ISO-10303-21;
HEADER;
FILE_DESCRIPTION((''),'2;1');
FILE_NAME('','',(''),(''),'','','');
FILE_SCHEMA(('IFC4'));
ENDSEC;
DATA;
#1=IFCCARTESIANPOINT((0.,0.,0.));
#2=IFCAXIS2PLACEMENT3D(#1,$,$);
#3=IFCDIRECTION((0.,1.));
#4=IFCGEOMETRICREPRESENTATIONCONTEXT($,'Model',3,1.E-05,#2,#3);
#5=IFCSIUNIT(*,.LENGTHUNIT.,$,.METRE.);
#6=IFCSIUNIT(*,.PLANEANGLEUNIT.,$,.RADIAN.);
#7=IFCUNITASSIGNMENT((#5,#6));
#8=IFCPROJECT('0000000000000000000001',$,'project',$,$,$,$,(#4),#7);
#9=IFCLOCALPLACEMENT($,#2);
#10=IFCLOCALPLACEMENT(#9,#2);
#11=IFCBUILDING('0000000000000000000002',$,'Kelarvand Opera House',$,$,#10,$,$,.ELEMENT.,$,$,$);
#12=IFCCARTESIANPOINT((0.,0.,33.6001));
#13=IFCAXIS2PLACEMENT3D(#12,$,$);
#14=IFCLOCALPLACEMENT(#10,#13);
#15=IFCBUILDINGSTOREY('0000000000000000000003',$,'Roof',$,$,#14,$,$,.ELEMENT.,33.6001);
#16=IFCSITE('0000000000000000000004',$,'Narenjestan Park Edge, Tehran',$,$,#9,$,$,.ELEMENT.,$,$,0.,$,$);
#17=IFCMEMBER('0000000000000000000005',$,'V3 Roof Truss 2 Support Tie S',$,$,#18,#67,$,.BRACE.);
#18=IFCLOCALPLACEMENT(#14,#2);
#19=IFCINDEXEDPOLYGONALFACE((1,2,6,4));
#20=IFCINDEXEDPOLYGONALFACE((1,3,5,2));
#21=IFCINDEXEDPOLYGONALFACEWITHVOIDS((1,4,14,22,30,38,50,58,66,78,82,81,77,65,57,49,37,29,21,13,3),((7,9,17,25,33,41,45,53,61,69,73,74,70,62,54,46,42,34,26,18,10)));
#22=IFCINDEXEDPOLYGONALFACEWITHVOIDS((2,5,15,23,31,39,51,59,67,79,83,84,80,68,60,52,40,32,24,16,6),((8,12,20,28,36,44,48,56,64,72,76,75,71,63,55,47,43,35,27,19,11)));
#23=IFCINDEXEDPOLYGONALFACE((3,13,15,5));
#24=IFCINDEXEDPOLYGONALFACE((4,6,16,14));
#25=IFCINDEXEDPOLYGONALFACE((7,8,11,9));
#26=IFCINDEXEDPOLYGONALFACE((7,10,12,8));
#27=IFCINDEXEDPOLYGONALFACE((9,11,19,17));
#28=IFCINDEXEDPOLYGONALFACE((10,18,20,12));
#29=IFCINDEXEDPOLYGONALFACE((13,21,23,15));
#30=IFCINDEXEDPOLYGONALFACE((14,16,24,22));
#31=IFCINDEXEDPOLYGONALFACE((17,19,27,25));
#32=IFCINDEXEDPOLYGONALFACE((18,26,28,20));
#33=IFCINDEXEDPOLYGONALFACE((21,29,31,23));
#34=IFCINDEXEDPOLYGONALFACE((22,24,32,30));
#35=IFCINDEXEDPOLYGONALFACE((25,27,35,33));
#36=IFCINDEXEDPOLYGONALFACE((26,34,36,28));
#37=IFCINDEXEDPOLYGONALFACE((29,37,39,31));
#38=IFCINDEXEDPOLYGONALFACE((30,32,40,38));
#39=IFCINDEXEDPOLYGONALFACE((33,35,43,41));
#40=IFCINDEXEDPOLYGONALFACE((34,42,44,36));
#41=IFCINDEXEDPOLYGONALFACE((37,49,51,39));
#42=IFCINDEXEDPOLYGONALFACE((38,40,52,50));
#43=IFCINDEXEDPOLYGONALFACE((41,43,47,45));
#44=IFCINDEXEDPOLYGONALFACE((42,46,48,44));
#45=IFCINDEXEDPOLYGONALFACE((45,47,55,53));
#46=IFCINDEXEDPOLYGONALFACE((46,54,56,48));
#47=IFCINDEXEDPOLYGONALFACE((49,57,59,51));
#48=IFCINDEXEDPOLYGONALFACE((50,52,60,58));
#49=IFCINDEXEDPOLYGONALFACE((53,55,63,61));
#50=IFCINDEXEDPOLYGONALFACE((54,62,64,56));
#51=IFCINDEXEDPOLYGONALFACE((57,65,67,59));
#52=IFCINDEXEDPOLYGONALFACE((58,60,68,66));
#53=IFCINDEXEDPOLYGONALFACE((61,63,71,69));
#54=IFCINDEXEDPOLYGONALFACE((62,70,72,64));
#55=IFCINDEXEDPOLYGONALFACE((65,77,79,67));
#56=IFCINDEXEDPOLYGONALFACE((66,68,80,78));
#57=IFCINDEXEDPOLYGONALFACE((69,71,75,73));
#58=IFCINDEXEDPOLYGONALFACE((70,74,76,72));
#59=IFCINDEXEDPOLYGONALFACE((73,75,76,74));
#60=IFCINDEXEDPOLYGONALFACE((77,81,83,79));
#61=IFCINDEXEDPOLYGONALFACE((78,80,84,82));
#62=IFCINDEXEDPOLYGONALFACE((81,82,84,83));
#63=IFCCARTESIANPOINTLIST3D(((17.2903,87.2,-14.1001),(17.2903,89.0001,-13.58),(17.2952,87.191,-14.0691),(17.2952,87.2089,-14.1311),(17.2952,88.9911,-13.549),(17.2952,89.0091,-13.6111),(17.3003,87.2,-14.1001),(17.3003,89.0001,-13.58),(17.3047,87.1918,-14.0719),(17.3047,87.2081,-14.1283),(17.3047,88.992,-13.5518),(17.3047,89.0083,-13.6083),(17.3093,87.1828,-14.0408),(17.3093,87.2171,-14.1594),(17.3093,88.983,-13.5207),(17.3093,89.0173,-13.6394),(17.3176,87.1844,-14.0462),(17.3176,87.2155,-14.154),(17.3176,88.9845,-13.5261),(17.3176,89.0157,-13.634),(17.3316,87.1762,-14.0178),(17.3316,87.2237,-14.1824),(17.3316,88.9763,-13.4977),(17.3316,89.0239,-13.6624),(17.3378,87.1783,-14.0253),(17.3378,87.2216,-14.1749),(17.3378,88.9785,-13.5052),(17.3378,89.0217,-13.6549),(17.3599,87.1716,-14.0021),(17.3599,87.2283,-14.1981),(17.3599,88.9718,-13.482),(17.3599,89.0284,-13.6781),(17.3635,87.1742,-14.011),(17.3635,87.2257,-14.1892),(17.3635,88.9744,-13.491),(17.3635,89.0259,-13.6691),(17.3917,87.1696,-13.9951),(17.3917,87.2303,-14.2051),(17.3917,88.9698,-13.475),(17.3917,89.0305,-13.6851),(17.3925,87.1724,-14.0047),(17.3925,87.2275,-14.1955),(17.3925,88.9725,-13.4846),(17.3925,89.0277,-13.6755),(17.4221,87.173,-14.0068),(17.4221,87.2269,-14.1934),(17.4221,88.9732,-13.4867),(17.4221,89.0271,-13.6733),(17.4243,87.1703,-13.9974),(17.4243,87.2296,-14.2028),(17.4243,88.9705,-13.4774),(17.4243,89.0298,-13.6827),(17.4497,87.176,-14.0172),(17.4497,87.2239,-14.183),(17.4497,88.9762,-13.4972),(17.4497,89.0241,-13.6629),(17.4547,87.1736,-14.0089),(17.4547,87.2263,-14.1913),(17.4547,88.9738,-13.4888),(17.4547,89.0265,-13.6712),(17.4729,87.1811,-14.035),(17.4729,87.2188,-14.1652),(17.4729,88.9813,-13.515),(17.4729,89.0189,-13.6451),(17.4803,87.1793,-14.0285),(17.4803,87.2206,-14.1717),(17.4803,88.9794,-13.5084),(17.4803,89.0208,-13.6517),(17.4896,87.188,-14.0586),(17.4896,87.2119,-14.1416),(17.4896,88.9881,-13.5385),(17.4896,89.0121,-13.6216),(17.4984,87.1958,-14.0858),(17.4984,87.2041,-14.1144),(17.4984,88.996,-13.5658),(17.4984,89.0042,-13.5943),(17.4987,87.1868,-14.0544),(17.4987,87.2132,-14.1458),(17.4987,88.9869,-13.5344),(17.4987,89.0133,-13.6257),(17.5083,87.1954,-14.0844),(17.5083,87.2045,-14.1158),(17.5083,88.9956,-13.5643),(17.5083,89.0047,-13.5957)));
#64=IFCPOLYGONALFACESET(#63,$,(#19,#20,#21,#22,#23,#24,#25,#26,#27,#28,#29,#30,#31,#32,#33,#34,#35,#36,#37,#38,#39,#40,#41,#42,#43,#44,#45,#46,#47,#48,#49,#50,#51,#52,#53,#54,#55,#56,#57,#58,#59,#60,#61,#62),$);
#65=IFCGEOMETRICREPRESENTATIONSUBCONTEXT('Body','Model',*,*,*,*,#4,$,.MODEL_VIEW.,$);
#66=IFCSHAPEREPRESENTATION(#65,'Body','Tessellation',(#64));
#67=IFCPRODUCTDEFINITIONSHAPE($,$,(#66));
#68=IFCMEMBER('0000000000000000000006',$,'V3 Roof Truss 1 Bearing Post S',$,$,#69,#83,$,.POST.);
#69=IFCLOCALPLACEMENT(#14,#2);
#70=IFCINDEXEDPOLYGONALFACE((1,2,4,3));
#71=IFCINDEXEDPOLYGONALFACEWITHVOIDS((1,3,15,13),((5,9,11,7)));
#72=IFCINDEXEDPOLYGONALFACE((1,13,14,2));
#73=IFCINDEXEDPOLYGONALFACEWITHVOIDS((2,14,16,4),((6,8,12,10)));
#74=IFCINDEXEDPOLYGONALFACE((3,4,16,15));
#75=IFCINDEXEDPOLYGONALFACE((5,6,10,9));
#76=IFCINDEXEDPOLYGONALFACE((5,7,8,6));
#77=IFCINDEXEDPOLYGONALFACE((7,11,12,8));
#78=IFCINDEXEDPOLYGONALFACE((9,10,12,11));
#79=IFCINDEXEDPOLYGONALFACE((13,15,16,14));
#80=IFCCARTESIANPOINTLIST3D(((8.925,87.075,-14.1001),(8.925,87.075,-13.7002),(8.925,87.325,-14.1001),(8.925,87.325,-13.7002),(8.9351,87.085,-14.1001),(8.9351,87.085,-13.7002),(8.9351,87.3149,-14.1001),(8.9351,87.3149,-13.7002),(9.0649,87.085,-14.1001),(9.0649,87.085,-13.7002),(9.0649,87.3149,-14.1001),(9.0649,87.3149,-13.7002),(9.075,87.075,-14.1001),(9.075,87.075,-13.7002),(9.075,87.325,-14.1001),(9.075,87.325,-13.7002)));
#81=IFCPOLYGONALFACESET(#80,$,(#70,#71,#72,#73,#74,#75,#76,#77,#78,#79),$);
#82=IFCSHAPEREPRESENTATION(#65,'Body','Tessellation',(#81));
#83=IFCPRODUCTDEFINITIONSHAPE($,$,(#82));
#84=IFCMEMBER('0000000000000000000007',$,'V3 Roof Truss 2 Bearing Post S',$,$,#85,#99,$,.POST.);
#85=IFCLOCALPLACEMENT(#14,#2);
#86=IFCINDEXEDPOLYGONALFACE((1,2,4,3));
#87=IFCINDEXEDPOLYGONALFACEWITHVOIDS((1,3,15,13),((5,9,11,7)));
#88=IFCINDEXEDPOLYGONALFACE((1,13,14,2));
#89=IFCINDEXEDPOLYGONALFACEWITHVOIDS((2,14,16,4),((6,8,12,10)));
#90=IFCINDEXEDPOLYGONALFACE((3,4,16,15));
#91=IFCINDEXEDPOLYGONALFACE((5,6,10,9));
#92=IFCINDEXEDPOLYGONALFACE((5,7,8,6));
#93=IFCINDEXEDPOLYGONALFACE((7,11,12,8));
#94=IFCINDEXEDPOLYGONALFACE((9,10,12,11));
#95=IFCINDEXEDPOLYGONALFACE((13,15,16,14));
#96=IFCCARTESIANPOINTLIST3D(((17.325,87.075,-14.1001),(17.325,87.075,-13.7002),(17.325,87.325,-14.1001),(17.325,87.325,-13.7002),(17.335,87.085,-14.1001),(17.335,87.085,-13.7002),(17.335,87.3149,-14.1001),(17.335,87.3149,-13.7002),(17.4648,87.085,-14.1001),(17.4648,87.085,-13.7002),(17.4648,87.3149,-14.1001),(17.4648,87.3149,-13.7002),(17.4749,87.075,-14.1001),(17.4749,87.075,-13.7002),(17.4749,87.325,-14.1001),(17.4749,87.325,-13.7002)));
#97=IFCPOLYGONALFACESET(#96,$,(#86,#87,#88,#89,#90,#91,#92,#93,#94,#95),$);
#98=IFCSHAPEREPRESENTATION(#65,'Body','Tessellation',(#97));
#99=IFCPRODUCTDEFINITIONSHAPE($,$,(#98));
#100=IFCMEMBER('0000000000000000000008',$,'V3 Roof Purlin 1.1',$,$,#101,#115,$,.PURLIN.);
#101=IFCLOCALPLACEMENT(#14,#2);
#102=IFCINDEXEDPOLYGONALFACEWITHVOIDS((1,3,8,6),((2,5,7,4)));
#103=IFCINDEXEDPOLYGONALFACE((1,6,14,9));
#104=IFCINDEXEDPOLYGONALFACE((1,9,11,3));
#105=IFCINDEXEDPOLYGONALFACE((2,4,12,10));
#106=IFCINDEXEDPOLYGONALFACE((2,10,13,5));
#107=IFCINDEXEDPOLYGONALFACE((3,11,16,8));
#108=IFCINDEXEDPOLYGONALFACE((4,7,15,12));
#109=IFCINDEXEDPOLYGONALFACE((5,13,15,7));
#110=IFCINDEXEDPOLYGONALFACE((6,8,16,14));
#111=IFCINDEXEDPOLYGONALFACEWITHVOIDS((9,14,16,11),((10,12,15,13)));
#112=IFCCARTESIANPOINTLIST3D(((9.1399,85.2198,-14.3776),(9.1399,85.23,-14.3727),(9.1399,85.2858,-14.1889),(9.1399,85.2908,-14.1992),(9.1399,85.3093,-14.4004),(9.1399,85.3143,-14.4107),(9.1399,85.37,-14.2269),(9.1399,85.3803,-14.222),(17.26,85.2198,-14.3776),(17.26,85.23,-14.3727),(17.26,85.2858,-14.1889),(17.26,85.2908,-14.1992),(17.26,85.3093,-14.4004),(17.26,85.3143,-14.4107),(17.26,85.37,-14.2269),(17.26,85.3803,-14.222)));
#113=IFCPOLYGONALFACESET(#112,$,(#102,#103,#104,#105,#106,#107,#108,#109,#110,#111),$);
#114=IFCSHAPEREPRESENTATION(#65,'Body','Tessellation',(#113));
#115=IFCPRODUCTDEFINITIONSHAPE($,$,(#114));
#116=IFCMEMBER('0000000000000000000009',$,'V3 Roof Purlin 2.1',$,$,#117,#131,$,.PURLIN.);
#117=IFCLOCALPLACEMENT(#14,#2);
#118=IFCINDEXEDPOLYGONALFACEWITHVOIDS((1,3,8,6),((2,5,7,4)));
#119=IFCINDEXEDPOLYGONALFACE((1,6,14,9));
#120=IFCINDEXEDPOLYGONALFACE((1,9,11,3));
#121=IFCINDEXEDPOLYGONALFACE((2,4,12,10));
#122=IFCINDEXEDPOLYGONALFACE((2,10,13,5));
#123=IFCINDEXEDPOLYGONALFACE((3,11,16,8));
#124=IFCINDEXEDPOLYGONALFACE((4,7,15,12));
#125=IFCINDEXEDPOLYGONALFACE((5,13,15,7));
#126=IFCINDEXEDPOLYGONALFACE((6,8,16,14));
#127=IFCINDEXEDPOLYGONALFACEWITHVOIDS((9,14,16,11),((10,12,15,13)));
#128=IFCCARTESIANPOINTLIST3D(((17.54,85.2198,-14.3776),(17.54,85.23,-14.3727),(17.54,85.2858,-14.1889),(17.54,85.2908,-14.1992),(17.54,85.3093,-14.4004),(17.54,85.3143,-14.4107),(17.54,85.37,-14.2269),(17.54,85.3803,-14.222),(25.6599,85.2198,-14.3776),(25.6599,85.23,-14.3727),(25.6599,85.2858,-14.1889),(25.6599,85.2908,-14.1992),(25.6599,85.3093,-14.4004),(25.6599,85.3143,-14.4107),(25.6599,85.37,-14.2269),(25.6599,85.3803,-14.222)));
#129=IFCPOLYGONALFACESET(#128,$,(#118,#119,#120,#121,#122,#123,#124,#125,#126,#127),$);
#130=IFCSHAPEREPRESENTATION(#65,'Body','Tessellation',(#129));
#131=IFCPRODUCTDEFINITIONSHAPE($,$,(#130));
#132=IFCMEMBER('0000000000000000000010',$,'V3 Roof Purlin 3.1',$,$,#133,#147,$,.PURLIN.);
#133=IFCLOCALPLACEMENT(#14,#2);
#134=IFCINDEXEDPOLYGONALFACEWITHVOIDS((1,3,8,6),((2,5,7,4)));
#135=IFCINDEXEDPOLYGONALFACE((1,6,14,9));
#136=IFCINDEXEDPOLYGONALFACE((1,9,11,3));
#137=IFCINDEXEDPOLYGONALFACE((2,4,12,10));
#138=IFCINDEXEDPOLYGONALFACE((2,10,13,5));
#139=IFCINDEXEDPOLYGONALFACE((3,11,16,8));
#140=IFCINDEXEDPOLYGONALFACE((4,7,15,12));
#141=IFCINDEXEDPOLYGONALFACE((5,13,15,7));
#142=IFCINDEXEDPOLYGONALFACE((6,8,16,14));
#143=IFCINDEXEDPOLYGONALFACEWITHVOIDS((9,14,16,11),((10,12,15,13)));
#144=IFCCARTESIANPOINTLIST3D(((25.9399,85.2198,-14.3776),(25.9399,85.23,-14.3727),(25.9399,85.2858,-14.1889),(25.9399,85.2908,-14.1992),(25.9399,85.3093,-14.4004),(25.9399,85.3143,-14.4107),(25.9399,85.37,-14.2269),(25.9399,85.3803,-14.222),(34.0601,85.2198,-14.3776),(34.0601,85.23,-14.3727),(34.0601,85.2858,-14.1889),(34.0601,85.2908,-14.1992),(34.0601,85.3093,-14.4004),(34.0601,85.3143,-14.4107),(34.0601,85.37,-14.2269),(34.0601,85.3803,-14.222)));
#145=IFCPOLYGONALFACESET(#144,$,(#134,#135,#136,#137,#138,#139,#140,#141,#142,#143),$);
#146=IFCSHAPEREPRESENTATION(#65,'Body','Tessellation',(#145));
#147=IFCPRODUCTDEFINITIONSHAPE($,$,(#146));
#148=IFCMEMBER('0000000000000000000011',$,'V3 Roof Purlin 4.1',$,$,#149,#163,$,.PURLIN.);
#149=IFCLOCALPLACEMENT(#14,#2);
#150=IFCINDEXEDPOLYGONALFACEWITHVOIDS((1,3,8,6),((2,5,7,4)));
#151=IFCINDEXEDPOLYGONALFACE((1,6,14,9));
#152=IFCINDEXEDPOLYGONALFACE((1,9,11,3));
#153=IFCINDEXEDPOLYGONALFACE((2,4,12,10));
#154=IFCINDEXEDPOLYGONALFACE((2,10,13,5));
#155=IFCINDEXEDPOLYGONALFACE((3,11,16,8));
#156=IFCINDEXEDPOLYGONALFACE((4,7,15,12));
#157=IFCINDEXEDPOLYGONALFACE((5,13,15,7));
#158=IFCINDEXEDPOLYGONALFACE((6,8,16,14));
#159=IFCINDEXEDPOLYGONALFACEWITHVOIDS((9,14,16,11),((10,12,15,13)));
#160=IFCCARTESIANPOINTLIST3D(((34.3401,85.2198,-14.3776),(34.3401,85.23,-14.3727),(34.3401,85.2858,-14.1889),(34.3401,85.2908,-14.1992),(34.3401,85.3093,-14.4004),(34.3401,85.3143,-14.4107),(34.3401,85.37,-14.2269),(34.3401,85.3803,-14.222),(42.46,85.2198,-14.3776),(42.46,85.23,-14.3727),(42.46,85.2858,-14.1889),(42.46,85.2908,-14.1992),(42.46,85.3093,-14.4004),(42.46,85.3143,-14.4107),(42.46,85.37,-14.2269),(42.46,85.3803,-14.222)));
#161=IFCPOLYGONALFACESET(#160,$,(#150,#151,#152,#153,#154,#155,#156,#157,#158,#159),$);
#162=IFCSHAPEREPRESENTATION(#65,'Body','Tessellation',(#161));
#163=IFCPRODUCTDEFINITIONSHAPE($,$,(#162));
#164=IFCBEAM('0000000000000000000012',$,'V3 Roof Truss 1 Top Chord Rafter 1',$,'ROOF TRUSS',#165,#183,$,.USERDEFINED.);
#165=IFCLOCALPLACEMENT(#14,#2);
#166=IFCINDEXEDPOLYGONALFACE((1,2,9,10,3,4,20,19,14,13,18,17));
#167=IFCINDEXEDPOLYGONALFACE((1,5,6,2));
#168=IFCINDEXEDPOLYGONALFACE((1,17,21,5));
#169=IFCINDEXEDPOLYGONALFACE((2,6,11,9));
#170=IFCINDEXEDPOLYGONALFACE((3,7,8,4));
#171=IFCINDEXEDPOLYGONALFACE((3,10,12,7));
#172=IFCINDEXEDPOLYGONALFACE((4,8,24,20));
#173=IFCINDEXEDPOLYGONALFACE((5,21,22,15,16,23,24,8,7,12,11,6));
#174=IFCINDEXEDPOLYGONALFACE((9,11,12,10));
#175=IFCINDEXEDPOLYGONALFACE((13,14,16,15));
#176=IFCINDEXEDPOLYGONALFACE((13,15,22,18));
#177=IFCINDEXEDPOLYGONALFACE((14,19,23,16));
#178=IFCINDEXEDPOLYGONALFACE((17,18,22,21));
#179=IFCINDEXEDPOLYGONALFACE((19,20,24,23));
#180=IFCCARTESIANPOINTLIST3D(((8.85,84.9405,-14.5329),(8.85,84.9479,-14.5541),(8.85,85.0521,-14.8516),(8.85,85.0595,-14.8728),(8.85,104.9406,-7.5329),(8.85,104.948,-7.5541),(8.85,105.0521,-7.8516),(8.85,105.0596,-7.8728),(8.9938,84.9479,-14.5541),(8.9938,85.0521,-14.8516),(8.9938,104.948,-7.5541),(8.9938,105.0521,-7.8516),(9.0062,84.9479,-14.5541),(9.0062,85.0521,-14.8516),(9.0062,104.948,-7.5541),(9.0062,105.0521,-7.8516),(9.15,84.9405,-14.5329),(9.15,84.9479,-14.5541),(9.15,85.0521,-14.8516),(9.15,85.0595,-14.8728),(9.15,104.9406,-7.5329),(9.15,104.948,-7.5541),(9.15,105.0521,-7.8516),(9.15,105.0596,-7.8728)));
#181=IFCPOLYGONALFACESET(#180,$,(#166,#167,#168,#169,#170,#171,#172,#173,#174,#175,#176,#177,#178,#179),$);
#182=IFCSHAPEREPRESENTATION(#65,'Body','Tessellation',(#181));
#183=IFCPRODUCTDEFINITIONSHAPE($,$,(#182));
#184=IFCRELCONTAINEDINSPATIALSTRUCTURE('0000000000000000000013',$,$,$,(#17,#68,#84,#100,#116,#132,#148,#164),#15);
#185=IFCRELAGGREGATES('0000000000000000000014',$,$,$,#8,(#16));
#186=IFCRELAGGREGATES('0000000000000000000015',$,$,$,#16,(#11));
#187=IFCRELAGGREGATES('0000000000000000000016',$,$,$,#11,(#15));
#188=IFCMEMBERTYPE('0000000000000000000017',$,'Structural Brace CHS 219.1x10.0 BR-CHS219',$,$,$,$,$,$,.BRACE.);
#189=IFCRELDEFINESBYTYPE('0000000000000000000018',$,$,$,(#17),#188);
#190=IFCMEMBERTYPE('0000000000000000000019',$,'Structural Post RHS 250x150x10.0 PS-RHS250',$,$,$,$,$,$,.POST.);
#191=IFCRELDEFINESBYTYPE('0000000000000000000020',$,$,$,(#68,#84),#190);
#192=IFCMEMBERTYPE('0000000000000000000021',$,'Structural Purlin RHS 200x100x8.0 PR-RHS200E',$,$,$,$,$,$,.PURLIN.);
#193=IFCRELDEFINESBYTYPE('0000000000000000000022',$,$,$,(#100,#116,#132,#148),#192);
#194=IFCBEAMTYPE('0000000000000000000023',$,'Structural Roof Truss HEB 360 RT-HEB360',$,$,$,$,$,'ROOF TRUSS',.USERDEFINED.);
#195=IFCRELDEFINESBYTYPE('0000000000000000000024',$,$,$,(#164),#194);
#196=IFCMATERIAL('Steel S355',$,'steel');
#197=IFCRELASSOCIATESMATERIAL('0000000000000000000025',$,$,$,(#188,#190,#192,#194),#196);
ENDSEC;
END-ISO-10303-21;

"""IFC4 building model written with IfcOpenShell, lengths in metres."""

from ifc_helpers import new_model, si_unit, direction, frame, origin, origin_2d, place, context, subcontext, project, spatial, hollow_rectangle, hollow_circle, i_section, extrude, material, material_profile, profile_set, type_object, element, save


model = new_model("IFC4")

# Units and contexts
model_context = context("Model", 3, precision=1e-05, world=origin(), true_north=direction((0.0, 1.0)))
body_context = subcontext(model_context, "Body", "Model", "MODEL_VIEW")
ifc_project = project(units=[si_unit("LENGTHUNIT", "METRE"), si_unit("PLANEANGLEUNIT", "RADIAN")], contexts=[model_context])

# Site, building, storey
site_placement = place(None, origin())
site = spatial("IfcSite", under=ifc_project, at=site_placement, Name="Narenjestan Park Edge, Tehran", CompositionType="ELEMENT", RefElevation=0.0)
building_placement = place(site_placement, origin())
building = spatial("IfcBuilding", under=site, at=building_placement, Name="Kelarvand Opera House", CompositionType="ELEMENT")
storey_placement = place(building_placement, frame((0.0, 0.0, 33.6001)))
storey = spatial("IfcBuildingStorey", under=building, at=storey_placement, Name="Roof", CompositionType="ELEMENT", Elevation=33.6001)

# Members
ifc_material_1 = material(Name="Steel S355", Category="steel")
ifc_material_profile_1 = material_profile(ifc_material_1, hollow_circle(Radius=0.1096, WallThickness=0.01, at=origin_2d()), Name="CHS 219.1x10.0", Category="steel")
ifc_profile_set_1 = profile_set([ifc_material_profile_1], Name="Steel S355")
member_type_1 = type_object("IfcMemberType", Name="Structural Brace CHS 219.1x10.0 BR-CHS219", PredefinedType="BRACE", material=ifc_profile_set_1)
member_1_placement = place(storey_placement, frame((17.3999, 87.2, -14.1001), z_axis=(0.0, 0.960713, 0.277542), x_axis=(-1.0, 0.0, 0.0)))
element("IfcMember", 1, at=member_1_placement, inside=storey, type_object=member_type_1, Name="V3 Roof Truss 2 Support Tie S", PredefinedType="BRACE", context=body_context, shape_type="SweptSolid", body=[
    extrude(hollow_circle(Radius=0.1096, WallThickness=0.01, at=origin_2d()), origin(), (0.0, 0.0, 1.0), 1.8738),
])
ifc_material_profile_2 = material_profile(ifc_material_1, hollow_rectangle(XDim=0.1499, YDim=0.25, WallThickness=0.01, at=origin_2d()), Name="RHS 250x150x10.0", Category="steel")
ifc_profile_set_2 = profile_set([ifc_material_profile_2], Name="Steel S355")
member_type_2 = type_object("IfcMemberType", Name="Structural Post RHS 250x150x10.0 PS-RHS250", PredefinedType="POST", material=ifc_profile_set_2)
for number, where, z_axis, x_axis, name in (
    (2, (9.0, 87.2, -14.1001), (0.0, 0.0, 1.0), (1.0, 0.0, 0.0), "V3 Roof Truss 1 Bearing Post S"),
    (3, (17.3999, 87.2, -14.1001), (0.0, 0.0, 1.0), (1.0, 0.0, 0.0), "V3 Roof Truss 2 Bearing Post S"),
):
    element("IfcMember", number, at=place(storey_placement, frame(where, z_axis=z_axis, x_axis=x_axis)), inside=storey, type_object=member_type_2, Name=name, PredefinedType="POST", context=body_context, shape_type="SweptSolid", body=[
        extrude(hollow_rectangle(XDim=0.1499, YDim=0.25, WallThickness=0.01, at=origin_2d()), origin(), (0.0, 0.0, 1.0), 0.3999),
    ])
ifc_material_profile_3 = material_profile(ifc_material_1, hollow_rectangle(XDim=0.1001, YDim=0.2, WallThickness=0.0081, at=origin_2d()), Name="RHS 200x100x8.0", Category="steel")
ifc_profile_set_3 = profile_set([ifc_material_profile_3], Name="Steel S355")
member_type_3 = type_object("IfcMemberType", Name="Structural Purlin RHS 200x100x8.0 PR-RHS200E", PredefinedType="PURLIN", material=ifc_profile_set_3)
member_2_placement = place(storey_placement, frame((9.1399, 85.3, -14.2998), z_axis=(1.0, 0.0, 0.0), x_axis=(0.0, 0.943859, -0.33035)))
element("IfcMember", 4, at=member_2_placement, inside=storey, type_object=member_type_3, Name="V3 Roof Purlin 1.1", PredefinedType="PURLIN", context=body_context, shape_type="SweptSolid", body=[
    extrude(hollow_rectangle(XDim=0.1001, YDim=0.2, WallThickness=0.0081, at=origin_2d()), origin(), (0.0, 0.0, 1.0), 8.1201),
])
member_3_placement = place(storey_placement, frame((17.54, 85.3, -14.2998), z_axis=(1.0, 0.0, 0.0), x_axis=(0.0, 0.943859, -0.33035)))
element("IfcMember", 5, at=member_3_placement, inside=storey, type_object=member_type_3, Name="V3 Roof Purlin 2.1", PredefinedType="PURLIN", context=body_context, shape_type="SweptSolid", body=[
    extrude(hollow_rectangle(XDim=0.1001, YDim=0.2, WallThickness=0.0081, at=origin_2d()), origin(), (0.0, 0.0, 1.0), 8.1199),
])
member_4_placement = place(storey_placement, frame((25.9399, 85.3, -14.2998), z_axis=(1.0, 0.0, 0.0), x_axis=(0.0, 0.943859, -0.33035)))
element("IfcMember", 6, at=member_4_placement, inside=storey, type_object=member_type_3, Name="V3 Roof Purlin 3.1", PredefinedType="PURLIN", context=body_context, shape_type="SweptSolid", body=[
    extrude(hollow_rectangle(XDim=0.1001, YDim=0.2, WallThickness=0.0081, at=origin_2d()), origin(), (0.0, 0.0, 1.0), 8.1201),
])
member_5_placement = place(storey_placement, frame((34.3401, 85.3, -14.2998), z_axis=(1.0, 0.0, 0.0), x_axis=(0.0, 0.943859, -0.33035)))
element("IfcMember", 7, at=member_5_placement, inside=storey, type_object=member_type_3, Name="V3 Roof Purlin 4.1", PredefinedType="PURLIN", context=body_context, shape_type="SweptSolid", body=[
    extrude(hollow_rectangle(XDim=0.1001, YDim=0.2, WallThickness=0.0081, at=origin_2d()), origin(), (0.0, 0.0, 1.0), 8.1199),
])

# Beam
ifc_material_profile_4 = material_profile(ifc_material_1, i_section(OverallWidth=0.3, OverallDepth=0.3601, WebThickness=0.0125, FlangeThickness=0.0225, at=origin_2d()), Name="HEB 360", Category="steel")
ifc_profile_set_4 = profile_set([ifc_material_profile_4], Name="Steel S355")
beam_type = type_object("IfcBeamType", Name="Structural Roof Truss HEB 360 RT-HEB360", ElementType="ROOF TRUSS", PredefinedType="USERDEFINED", material=ifc_profile_set_4)
for number, where, z_axis, x_axis, name in (
    (8, (9.0, 85.0, -14.7029), (0.0, 0.943858, 0.33035), (-1.0, 0.0, 0.0), "V3 Roof Truss 1 Top Chord Rafter 1"),
):
    element("IfcBeam", number, at=place(storey_placement, frame(where, z_axis=z_axis, x_axis=x_axis)), inside=storey, type_object=beam_type, Name=name, ObjectType="ROOF TRUSS", PredefinedType="USERDEFINED", context=body_context, shape_type="SweptSolid", body=[
        extrude(i_section(OverallWidth=0.3, OverallDepth=0.3601, WebThickness=0.0125, FlangeThickness=0.0225, at=origin_2d()), origin(), (0.0, 0.0, 1.0), 21.1897),
    ])

save(model, "model.ifc")
